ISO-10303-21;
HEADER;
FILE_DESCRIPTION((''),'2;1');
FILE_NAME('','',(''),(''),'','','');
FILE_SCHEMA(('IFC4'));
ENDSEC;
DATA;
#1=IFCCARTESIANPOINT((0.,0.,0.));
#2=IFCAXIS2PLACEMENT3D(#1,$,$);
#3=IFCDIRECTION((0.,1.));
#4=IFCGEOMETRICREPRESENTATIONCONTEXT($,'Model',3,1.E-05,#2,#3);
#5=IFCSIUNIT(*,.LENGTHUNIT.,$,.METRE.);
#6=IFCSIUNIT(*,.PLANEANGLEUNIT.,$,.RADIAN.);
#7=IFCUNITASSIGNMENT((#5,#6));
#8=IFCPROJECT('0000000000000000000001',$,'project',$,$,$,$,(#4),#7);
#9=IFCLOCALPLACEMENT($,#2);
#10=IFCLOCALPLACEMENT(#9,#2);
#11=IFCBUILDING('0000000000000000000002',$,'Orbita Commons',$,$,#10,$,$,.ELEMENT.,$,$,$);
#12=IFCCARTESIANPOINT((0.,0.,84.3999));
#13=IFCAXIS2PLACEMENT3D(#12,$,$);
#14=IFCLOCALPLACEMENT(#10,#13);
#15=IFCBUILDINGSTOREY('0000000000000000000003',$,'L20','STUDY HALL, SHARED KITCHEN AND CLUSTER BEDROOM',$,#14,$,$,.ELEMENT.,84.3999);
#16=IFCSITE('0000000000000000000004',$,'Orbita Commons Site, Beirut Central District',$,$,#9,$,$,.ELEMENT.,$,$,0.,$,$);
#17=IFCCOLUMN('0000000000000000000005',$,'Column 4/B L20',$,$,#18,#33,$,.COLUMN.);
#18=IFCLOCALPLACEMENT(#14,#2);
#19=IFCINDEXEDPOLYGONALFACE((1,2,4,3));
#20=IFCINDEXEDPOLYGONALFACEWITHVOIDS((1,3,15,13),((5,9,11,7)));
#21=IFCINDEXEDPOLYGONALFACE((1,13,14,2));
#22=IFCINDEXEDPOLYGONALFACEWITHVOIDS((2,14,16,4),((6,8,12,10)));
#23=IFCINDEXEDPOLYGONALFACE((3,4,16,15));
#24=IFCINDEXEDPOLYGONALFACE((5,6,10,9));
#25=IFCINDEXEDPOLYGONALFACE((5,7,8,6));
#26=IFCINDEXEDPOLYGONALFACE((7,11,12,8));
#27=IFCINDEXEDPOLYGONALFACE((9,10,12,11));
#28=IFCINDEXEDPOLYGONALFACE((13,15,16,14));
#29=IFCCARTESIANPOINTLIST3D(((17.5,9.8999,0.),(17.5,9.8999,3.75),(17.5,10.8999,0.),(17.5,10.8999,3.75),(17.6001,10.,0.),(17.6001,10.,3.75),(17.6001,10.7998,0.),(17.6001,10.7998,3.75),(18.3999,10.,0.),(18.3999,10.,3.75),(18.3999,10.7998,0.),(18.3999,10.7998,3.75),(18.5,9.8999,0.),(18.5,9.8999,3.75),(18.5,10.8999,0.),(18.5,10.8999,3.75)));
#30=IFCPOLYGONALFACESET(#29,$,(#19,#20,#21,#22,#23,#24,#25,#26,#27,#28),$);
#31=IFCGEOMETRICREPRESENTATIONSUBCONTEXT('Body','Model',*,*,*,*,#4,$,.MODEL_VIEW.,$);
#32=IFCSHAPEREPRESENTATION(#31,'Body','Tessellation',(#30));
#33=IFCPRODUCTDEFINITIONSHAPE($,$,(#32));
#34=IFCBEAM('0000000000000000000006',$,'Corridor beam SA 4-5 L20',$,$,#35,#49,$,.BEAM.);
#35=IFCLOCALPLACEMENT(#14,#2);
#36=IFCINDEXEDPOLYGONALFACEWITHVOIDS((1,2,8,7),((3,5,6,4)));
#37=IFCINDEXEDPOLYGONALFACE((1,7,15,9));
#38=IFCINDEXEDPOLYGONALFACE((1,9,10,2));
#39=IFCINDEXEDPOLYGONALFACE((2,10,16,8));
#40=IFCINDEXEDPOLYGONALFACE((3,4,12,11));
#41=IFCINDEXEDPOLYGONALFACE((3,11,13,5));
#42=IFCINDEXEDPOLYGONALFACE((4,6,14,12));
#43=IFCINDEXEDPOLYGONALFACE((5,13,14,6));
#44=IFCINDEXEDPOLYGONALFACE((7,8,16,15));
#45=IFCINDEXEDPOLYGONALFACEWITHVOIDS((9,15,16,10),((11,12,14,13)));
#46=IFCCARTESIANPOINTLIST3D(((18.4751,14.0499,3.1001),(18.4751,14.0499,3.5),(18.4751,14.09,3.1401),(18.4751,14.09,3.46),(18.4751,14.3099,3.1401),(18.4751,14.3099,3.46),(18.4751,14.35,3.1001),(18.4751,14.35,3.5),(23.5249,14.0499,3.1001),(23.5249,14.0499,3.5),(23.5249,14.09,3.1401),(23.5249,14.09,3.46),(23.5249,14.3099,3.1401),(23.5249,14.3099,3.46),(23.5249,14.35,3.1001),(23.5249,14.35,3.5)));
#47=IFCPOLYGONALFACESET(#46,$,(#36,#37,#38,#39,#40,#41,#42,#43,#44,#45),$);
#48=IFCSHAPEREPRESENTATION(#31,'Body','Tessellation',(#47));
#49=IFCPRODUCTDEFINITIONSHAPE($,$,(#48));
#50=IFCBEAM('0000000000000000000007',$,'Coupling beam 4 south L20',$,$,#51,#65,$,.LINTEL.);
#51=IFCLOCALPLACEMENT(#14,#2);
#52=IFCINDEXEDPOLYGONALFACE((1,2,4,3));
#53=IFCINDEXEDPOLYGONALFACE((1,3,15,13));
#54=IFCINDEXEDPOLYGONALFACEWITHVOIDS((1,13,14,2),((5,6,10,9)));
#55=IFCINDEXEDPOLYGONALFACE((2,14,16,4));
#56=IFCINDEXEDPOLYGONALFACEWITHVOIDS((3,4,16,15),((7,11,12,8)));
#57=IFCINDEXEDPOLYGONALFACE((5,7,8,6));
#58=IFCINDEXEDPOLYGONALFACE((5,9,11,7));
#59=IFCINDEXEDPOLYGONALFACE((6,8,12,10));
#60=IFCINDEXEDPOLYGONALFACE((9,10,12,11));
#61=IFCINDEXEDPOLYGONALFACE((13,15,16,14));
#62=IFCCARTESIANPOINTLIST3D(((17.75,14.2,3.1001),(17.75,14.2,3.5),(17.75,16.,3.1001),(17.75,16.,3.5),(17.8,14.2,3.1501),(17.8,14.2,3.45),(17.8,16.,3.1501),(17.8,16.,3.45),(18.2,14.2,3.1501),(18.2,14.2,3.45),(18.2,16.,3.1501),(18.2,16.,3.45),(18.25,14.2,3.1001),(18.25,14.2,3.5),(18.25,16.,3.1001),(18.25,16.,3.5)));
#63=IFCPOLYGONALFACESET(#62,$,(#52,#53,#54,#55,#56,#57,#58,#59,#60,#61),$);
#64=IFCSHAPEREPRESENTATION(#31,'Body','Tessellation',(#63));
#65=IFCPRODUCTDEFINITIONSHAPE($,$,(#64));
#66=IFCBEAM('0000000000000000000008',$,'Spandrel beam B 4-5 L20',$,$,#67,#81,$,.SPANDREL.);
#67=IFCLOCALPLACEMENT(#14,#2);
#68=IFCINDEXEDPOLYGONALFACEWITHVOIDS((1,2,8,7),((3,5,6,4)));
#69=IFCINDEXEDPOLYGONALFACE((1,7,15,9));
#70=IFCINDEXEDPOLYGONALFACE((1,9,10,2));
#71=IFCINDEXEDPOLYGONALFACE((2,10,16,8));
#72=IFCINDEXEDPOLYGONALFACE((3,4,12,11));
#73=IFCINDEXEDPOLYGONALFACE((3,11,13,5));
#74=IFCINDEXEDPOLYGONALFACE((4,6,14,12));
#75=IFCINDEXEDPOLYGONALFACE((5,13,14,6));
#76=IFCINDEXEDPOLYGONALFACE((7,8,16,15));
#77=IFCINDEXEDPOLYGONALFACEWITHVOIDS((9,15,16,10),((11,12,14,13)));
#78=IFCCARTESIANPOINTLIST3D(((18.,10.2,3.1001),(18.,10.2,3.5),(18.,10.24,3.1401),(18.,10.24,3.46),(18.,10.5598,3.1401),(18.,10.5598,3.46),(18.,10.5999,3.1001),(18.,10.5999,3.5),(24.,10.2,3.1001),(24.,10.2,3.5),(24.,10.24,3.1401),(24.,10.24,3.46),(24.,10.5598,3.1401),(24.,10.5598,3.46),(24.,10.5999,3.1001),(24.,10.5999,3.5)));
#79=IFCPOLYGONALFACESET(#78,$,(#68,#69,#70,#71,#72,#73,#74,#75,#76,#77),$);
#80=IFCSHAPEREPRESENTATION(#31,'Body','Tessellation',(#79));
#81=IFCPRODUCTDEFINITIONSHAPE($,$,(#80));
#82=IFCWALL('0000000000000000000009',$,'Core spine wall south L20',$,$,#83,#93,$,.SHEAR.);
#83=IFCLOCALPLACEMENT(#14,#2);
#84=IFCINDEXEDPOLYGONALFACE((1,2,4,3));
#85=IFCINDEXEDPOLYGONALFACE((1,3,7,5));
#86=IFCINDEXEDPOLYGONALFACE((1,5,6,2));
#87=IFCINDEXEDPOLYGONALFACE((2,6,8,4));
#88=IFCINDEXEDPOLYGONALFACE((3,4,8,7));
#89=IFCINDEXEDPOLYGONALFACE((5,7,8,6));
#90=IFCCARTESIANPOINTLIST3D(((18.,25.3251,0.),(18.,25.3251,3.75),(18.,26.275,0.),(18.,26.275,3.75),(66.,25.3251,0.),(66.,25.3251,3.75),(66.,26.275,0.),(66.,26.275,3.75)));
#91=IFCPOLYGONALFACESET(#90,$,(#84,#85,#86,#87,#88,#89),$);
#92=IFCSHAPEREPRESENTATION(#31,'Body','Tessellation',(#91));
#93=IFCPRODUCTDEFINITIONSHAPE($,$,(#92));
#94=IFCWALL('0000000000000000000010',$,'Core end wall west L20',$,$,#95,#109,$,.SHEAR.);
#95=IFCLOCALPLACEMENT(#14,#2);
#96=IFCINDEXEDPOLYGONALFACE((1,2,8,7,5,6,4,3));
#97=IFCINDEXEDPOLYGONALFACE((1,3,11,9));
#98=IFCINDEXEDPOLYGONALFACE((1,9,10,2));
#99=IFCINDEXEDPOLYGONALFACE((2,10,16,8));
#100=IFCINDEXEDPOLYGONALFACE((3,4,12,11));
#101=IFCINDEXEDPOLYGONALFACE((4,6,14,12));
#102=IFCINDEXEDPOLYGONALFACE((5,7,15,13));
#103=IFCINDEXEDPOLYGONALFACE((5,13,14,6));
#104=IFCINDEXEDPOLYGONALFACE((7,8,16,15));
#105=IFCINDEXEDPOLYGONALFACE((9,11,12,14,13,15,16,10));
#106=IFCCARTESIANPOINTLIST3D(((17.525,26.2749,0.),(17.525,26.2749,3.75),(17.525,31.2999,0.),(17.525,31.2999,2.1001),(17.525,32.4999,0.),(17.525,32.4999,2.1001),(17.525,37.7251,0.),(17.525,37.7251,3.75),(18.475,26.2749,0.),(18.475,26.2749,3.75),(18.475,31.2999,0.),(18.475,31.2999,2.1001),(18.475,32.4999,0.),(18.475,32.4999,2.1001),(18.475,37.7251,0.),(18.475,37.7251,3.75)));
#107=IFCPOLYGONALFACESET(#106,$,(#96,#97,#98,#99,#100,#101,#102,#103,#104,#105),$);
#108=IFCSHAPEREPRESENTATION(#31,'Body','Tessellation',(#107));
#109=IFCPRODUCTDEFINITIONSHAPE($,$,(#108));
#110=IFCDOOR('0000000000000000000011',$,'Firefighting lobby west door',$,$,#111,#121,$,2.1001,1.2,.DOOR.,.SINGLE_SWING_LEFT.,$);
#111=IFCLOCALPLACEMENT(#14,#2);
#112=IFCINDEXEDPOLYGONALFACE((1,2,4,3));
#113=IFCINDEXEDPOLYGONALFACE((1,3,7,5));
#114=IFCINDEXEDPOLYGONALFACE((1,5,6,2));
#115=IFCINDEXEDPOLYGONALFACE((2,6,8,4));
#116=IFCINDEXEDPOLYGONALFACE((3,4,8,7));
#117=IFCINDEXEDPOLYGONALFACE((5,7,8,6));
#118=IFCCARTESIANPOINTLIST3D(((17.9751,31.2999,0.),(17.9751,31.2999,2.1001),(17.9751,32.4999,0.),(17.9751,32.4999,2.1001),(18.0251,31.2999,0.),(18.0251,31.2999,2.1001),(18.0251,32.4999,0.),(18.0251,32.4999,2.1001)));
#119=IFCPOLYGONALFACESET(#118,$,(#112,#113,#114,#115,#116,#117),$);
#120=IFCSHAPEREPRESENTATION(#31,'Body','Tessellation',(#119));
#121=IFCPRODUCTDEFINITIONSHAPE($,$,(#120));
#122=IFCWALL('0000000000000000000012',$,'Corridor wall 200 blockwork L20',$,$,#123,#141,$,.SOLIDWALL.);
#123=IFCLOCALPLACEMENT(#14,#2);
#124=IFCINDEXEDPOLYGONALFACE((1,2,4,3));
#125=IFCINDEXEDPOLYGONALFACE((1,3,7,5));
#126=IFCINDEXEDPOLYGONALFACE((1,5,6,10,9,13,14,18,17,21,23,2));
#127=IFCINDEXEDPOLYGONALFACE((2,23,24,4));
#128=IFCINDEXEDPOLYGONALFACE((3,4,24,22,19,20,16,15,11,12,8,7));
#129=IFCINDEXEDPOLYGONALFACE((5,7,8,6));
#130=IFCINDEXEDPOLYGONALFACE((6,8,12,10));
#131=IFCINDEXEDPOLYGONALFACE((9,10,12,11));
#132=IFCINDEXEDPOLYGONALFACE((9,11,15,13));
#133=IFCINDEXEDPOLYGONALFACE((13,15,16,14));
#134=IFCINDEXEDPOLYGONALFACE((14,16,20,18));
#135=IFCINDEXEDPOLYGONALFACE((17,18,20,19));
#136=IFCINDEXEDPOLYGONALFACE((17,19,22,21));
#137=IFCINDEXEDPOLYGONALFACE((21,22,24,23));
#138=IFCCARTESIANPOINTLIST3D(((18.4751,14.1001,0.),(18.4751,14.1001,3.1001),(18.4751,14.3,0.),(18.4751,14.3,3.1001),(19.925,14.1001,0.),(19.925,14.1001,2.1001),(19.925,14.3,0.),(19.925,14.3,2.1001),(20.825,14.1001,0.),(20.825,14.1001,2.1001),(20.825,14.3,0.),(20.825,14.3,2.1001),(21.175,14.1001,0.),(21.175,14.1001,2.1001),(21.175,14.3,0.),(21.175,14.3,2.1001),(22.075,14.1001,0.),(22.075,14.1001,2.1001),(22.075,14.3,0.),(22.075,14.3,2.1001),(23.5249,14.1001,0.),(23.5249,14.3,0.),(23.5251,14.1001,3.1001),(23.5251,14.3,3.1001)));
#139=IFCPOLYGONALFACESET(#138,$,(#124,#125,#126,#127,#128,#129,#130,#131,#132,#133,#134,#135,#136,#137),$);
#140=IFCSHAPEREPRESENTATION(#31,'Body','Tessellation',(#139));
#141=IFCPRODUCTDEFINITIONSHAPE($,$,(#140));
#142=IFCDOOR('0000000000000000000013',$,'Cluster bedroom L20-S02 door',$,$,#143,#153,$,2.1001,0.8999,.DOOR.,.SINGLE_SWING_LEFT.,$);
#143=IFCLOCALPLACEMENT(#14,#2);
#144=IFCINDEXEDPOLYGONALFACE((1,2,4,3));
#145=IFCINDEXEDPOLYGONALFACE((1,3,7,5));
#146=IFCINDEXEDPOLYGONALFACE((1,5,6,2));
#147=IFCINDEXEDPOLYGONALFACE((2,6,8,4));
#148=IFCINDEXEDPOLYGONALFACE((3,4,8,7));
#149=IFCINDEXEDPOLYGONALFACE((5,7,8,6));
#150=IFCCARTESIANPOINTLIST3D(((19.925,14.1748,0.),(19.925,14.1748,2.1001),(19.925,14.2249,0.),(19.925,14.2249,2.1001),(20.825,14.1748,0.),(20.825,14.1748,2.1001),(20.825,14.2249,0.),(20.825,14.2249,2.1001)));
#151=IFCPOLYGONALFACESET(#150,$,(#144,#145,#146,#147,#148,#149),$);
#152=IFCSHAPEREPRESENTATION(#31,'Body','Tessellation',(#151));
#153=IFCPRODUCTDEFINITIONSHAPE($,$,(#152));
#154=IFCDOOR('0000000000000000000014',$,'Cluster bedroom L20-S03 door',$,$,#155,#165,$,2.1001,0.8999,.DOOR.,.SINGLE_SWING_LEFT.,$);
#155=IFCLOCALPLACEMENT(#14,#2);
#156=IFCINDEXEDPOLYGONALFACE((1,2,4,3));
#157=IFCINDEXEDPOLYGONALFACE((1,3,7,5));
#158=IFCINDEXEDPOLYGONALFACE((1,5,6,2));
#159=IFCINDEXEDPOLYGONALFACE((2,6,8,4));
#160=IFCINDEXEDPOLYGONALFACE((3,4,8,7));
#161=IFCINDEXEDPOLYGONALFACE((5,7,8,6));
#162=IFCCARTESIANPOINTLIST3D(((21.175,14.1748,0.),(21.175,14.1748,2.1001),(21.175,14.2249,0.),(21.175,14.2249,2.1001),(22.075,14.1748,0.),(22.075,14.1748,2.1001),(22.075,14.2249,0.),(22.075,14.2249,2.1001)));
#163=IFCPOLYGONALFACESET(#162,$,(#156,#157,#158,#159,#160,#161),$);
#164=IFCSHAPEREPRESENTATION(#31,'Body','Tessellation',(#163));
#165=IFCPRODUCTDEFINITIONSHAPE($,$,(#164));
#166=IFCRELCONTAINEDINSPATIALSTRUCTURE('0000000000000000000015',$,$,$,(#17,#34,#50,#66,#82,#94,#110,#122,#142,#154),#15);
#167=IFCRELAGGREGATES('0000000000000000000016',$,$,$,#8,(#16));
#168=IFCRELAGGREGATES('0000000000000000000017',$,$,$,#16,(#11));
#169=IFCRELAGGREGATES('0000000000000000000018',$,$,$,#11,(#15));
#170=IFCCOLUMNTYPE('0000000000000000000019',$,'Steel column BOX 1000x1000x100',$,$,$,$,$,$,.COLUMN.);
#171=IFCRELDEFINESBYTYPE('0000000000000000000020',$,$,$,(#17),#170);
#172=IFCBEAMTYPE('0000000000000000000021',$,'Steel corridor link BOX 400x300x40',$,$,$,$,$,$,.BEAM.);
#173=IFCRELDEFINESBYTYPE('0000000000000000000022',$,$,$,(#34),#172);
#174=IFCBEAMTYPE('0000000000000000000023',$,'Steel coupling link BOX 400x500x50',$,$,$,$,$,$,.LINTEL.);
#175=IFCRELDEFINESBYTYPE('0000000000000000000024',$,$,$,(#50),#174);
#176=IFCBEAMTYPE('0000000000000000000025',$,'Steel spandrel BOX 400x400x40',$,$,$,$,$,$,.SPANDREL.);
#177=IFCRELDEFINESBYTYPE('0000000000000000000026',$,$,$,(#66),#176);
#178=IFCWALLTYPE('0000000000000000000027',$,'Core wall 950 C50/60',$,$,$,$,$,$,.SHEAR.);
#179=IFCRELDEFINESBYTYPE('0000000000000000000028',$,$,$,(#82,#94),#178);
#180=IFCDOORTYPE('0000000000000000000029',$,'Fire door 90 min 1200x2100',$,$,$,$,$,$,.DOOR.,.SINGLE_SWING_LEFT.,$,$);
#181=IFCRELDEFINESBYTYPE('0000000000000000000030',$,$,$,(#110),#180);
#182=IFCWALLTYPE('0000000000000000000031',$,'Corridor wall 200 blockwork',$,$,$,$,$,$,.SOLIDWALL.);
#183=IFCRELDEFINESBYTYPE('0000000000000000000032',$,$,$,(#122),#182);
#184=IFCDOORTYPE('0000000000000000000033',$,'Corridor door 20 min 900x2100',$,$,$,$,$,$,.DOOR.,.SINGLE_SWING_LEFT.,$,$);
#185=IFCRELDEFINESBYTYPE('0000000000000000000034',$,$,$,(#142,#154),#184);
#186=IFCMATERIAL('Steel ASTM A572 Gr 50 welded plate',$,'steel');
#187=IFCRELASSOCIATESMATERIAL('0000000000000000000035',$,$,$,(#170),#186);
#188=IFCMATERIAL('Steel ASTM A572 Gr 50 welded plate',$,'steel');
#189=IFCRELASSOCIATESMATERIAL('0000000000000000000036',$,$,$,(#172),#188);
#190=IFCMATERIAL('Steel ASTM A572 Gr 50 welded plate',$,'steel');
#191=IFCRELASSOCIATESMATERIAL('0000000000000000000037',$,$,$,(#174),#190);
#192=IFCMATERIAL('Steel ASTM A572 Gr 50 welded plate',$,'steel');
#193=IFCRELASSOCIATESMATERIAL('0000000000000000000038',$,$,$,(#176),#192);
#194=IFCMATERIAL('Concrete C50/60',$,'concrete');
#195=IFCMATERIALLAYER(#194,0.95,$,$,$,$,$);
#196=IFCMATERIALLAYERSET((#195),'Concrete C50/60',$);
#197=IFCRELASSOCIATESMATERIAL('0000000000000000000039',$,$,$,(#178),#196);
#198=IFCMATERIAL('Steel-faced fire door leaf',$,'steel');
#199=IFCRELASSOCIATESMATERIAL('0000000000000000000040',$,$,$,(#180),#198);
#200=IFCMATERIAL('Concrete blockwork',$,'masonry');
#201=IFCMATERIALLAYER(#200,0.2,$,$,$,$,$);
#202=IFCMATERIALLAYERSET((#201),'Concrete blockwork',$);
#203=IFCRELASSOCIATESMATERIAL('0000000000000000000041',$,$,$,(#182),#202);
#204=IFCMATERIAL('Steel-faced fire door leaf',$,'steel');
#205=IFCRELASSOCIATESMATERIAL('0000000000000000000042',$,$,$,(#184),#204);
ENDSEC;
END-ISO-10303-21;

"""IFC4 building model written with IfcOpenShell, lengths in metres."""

from ifc_helpers import new_model, si_unit, direction, frame, frame_2d, origin, origin_2d, place, context, subcontext, project, spatial, polyline, rectangle, hollow_rectangle, outline, extrude, material, layer, layer_set, material_profile, profile_set, type_object, element, fill, save


model = new_model("IFC4")

# Units and contexts
model_context = context("Model", 3, precision=1e-05, world=origin(), true_north=direction((0.0, 1.0)))
body_context = subcontext(model_context, "Body", "Model", "MODEL_VIEW")
ifc_project = project(units=[si_unit("LENGTHUNIT", "METRE"), si_unit("PLANEANGLEUNIT", "RADIAN")], contexts=[model_context])

# Site, building, storey
site_placement = place(None, origin())
site = spatial("IfcSite", under=ifc_project, at=site_placement, Name="Orbita Commons Site, Beirut Central District", CompositionType="ELEMENT", RefElevation=0.0)
building_placement = place(site_placement, origin())
building = spatial("IfcBuilding", under=site, at=building_placement, Name="Orbita Commons", CompositionType="ELEMENT")
storey_placement = place(building_placement, frame((0.0, 0.0, 84.3999)))
storey = spatial("IfcBuildingStorey", under=building, at=storey_placement, Name="L20", Description="STUDY HALL, SHARED KITCHEN AND CLUSTER BEDROOM", CompositionType="ELEMENT", Elevation=84.3999)

# Column
ifc_material_1 = material(Name="Steel ASTM A572 Gr 50 welded plate", Category="steel")
ifc_material_profile_1 = material_profile(ifc_material_1, hollow_rectangle(XDim=1.0, YDim=1.0, WallThickness=0.1001, at=origin_2d()), Name="BOX 1000x1000x100")
ifc_profile_set_1 = profile_set([ifc_material_profile_1], Name="Steel ASTM A572 Gr 50 welded plate")
column_type = type_object("IfcColumnType", Name="Steel column BOX 1000x1000x100", PredefinedType="COLUMN", material=ifc_profile_set_1)
column_placement = place(storey_placement, frame((18.0, 10.3999, 0.0), z_axis=(0.0, 0.0, 1.0), x_axis=(1.0, 0.0, 0.0)))
element("IfcColumn", 1, at=column_placement, inside=storey, type_object=column_type, Name="Column 4/B L20", PredefinedType="COLUMN", context=body_context, shape_type="SweptSolid", body=[
    extrude(hollow_rectangle(XDim=1.0, YDim=1.0, WallThickness=0.1001, at=origin_2d()), origin(), (0.0, 0.0, 1.0), 3.75),
])

# Beams
ifc_material_2 = material(Name="Steel ASTM A572 Gr 50 welded plate", Category="steel")
ifc_material_profile_2 = material_profile(ifc_material_2, hollow_rectangle(XDim=0.3, YDim=0.3999, WallThickness=0.04, at=origin_2d()), Name="BOX 400x300x40")
ifc_profile_set_2 = profile_set([ifc_material_profile_2], Name="Steel ASTM A572 Gr 50 welded plate")
beam_type_1 = type_object("IfcBeamType", Name="Steel corridor link BOX 400x300x40", PredefinedType="BEAM", material=ifc_profile_set_2)
beam_1_placement = place(storey_placement, frame((18.4751, 14.2, 3.3), z_axis=(1.0, 0.0, 0.0), x_axis=(0.0, 1.0, 0.0)))
element("IfcBeam", 2, at=beam_1_placement, inside=storey, type_object=beam_type_1, Name="Corridor beam SA 4-5 L20", PredefinedType="BEAM", context=body_context, shape_type="SweptSolid", body=[
    extrude(hollow_rectangle(XDim=0.3, YDim=0.3999, WallThickness=0.04, at=origin_2d()), origin(), (0.0, 0.0, 1.0), 5.0498),
])
ifc_material_3 = material(Name="Steel ASTM A572 Gr 50 welded plate", Category="steel")
ifc_material_profile_3 = material_profile(ifc_material_3, hollow_rectangle(XDim=0.5, YDim=0.3999, WallThickness=0.05, at=origin_2d()), Name="BOX 400x500x50")
ifc_profile_set_3 = profile_set([ifc_material_profile_3], Name="Steel ASTM A572 Gr 50 welded plate")
beam_type_2 = type_object("IfcBeamType", Name="Steel coupling link BOX 400x500x50", PredefinedType="LINTEL", material=ifc_profile_set_3)
beam_2_placement = place(storey_placement, frame((18.0, 14.2, 3.3), z_axis=(0.0, 1.0, 0.0), x_axis=(-1.0, 0.0, 0.0)))
element("IfcBeam", 3, at=beam_2_placement, inside=storey, type_object=beam_type_2, Name="Coupling beam 4 south L20", PredefinedType="LINTEL", context=body_context, shape_type="SweptSolid", body=[
    extrude(hollow_rectangle(XDim=0.5, YDim=0.3999, WallThickness=0.05, at=origin_2d()), origin(), (0.0, 0.0, 1.0), 1.8),
])
ifc_material_4 = material(Name="Steel ASTM A572 Gr 50 welded plate", Category="steel")
ifc_material_profile_4 = material_profile(ifc_material_4, hollow_rectangle(XDim=0.3999, YDim=0.3999, WallThickness=0.04, at=origin_2d()), Name="BOX 400x400x40")
ifc_profile_set_4 = profile_set([ifc_material_profile_4], Name="Steel ASTM A572 Gr 50 welded plate")
beam_type_3 = type_object("IfcBeamType", Name="Steel spandrel BOX 400x400x40", PredefinedType="SPANDREL", material=ifc_profile_set_4)
beam_3_placement = place(storey_placement, frame((18.0, 10.3999, 3.3), z_axis=(1.0, 0.0, 0.0), x_axis=(0.0, 1.0, 0.0)))
element("IfcBeam", 4, at=beam_3_placement, inside=storey, type_object=beam_type_3, Name="Spandrel beam B 4-5 L20", PredefinedType="SPANDREL", context=body_context, shape_type="SweptSolid", body=[
    extrude(hollow_rectangle(XDim=0.3999, YDim=0.3999, WallThickness=0.04, at=origin_2d()), origin(), (0.0, 0.0, 1.0), 6.0),
])

# Wall
ifc_material_5 = material(Name="Concrete C50/60", Category="concrete")
ifc_layer_1 = layer(ifc_material_5, 0.95)
ifc_layer_set_1 = layer_set([ifc_layer_1], Name="Concrete C50/60")
wall_type_1 = type_object("IfcWallType", Name="Core wall 950 C50/60", PredefinedType="SHEAR", material=ifc_layer_set_1)
wall_1_placement = place(storey_placement, frame((18.0, 25.8, 0.0), z_axis=(0.0, 0.0, 1.0), x_axis=(1.0, 0.0, 0.0)))
element("IfcWall", 5, at=wall_1_placement, inside=storey, type_object=wall_type_1, Name="Core spine wall south L20", PredefinedType="SHEAR", context=body_context, shape_type="SweptSolid", body=[
    extrude(rectangle(XDim=48.0, YDim=0.95, at=frame_2d((24.0, 0.0))), origin(), (0.0, 0.0, 1.0), 3.75),
])

# Wall, opening, door
wall_2_placement = place(storey_placement, frame((18.0, 26.2749, 0.0), z_axis=(0.0, 0.0, 1.0), x_axis=(0.0, 1.0, 0.0)))
wall_2 = element("IfcWall", 6, at=wall_2_placement, inside=storey, type_object=wall_type_1, Name="Core end wall west L20", PredefinedType="SHEAR", context=body_context, shape_type="SweptSolid", body=[
    extrude(rectangle(XDim=11.4502, YDim=0.95, at=frame_2d((5.7251, 0.0))), origin(), (0.0, 0.0, 1.0), 3.75),
])
opening_1_placement = place(wall_2_placement, frame((5.0249, 0.0, 0.0)))
opening_1 = element("IfcOpeningElement", 7, at=opening_1_placement, cuts=wall_2, PredefinedType="OPENING", context=body_context, shape_type="SweptSolid", body=[
    extrude(rectangle(XDim=1.2, YDim=2.1001, at=frame_2d((0.6001, 1.05))), frame((0.0, 0.4849, 0.0), z_axis=(0.0, -1.0, 0.0), x_axis=(1.0, 0.0, 0.0)), (0.0, 0.0, 1.0), 0.97),
])
ifc_material_6 = material(Name="Steel-faced fire door leaf", Category="steel")
door_type_1 = type_object("IfcDoorType", Name="Fire door 90 min 1200x2100", OperationType="SINGLE_SWING_LEFT", PredefinedType="DOOR", material=ifc_material_6)
door_1_placement = place(opening_1_placement, origin())
door_1 = element("IfcDoor", 8, at=door_1_placement, inside=storey, type_object=door_type_1, Name="Firefighting lobby west door", OperationType="SINGLE_SWING_LEFT", OverallHeight=2.1001, OverallWidth=1.2, PredefinedType="DOOR", context=body_context, shape_type="SweptSolid", body=[
    extrude(rectangle(XDim=1.2, YDim=2.1001, at=frame_2d((0.6001, 1.05))), frame((0.0, 0.0249, 0.0), z_axis=(0.0, -1.0, 0.0), x_axis=(1.0, 0.0, 0.0)), (0.0, 0.0, 1.0), 0.05),
])
fill(opening_1, door_1)

# Wall, openings, doors
ifc_material_7 = material(Name="Concrete blockwork", Category="masonry")
ifc_layer_2 = layer(ifc_material_7, 0.2)
ifc_layer_set_2 = layer_set([ifc_layer_2], Name="Concrete blockwork")
wall_type_2 = type_object("IfcWallType", Name="Corridor wall 200 blockwork", PredefinedType="SOLIDWALL", material=ifc_layer_set_2)
wall_3_placement = place(storey_placement, frame((18.4751, 14.2, 0.0), z_axis=(0.0, 0.0, 1.0), x_axis=(1.0, 0.0, 0.0)))
wall_3 = element("IfcWall", 9, at=wall_3_placement, inside=storey, type_object=wall_type_2, Name="Corridor wall 200 blockwork L20", PredefinedType="SOLIDWALL", context=body_context, shape_type="SweptSolid", body=[
    extrude(outline(polyline([(0.0, 0.0), (5.0498, 0.0), (5.05, 3.1001), (0.0, 3.1001), (0.0, 0.0)])), frame((0.0, 0.1001, 0.0), z_axis=(0.0, -1.0, 0.0), x_axis=(1.0, 0.0, 0.0)), (0.0, 0.0, 1.0), 0.2),
])
opening_2_placement = place(wall_3_placement, frame((1.45, 0.0, 0.0)))
opening_2 = element("IfcOpeningElement", 10, at=opening_2_placement, cuts=wall_3, PredefinedType="OPENING", context=body_context, shape_type="SweptSolid", body=[
    extrude(rectangle(XDim=0.8999, YDim=2.1001, at=frame_2d((0.45, 1.05))), frame((0.0, 0.1099, 0.0), z_axis=(0.0, -1.0, 0.0), x_axis=(1.0, 0.0, 0.0)), (0.0, 0.0, 1.0), 0.22),
])
opening_3_placement = place(wall_3_placement, frame((2.7, 0.0, 0.0)))
opening_3 = element("IfcOpeningElement", 11, at=opening_3_placement, cuts=wall_3, PredefinedType="OPENING", context=body_context, shape_type="SweptSolid", body=[
    extrude(rectangle(XDim=0.8999, YDim=2.1001, at=frame_2d((0.45, 1.05))), frame((0.0, 0.1099, 0.0), z_axis=(0.0, -1.0, 0.0), x_axis=(1.0, 0.0, 0.0)), (0.0, 0.0, 1.0), 0.22),
])
ifc_material_8 = material(Name="Steel-faced fire door leaf", Category="steel")
door_type_2 = type_object("IfcDoorType", Name="Corridor door 20 min 900x2100", OperationType="SINGLE_SWING_LEFT", PredefinedType="DOOR", material=ifc_material_8)
door_2_placement = place(opening_2_placement, origin())
door_2 = element("IfcDoor", 12, at=door_2_placement, inside=storey, type_object=door_type_2, Name="Cluster bedroom L20-S02 door", OperationType="SINGLE_SWING_LEFT", OverallHeight=2.1001, OverallWidth=0.8999, PredefinedType="DOOR", context=body_context, shape_type="SweptSolid", body=[
    extrude(rectangle(XDim=0.8999, YDim=2.1001, at=frame_2d((0.45, 1.05))), frame((0.0, 0.0249, 0.0), z_axis=(0.0, -1.0, 0.0), x_axis=(1.0, 0.0, 0.0)), (0.0, 0.0, 1.0), 0.05),
])
fill(opening_2, door_2)
door_3_placement = place(opening_3_placement, origin())
door_3 = element("IfcDoor", 13, at=door_3_placement, inside=storey, type_object=door_type_2, Name="Cluster bedroom L20-S03 door", OperationType="SINGLE_SWING_LEFT", OverallHeight=2.1001, OverallWidth=0.8999, PredefinedType="DOOR", context=body_context, shape_type="SweptSolid", body=[
    extrude(rectangle(XDim=0.8999, YDim=2.1001, at=frame_2d((0.45, 1.05))), frame((0.0, 0.0249, 0.0), z_axis=(0.0, -1.0, 0.0), x_axis=(1.0, 0.0, 0.0)), (0.0, 0.0, 1.0), 0.05),
])
fill(opening_3, door_3)

save(model, "model.ifc")
